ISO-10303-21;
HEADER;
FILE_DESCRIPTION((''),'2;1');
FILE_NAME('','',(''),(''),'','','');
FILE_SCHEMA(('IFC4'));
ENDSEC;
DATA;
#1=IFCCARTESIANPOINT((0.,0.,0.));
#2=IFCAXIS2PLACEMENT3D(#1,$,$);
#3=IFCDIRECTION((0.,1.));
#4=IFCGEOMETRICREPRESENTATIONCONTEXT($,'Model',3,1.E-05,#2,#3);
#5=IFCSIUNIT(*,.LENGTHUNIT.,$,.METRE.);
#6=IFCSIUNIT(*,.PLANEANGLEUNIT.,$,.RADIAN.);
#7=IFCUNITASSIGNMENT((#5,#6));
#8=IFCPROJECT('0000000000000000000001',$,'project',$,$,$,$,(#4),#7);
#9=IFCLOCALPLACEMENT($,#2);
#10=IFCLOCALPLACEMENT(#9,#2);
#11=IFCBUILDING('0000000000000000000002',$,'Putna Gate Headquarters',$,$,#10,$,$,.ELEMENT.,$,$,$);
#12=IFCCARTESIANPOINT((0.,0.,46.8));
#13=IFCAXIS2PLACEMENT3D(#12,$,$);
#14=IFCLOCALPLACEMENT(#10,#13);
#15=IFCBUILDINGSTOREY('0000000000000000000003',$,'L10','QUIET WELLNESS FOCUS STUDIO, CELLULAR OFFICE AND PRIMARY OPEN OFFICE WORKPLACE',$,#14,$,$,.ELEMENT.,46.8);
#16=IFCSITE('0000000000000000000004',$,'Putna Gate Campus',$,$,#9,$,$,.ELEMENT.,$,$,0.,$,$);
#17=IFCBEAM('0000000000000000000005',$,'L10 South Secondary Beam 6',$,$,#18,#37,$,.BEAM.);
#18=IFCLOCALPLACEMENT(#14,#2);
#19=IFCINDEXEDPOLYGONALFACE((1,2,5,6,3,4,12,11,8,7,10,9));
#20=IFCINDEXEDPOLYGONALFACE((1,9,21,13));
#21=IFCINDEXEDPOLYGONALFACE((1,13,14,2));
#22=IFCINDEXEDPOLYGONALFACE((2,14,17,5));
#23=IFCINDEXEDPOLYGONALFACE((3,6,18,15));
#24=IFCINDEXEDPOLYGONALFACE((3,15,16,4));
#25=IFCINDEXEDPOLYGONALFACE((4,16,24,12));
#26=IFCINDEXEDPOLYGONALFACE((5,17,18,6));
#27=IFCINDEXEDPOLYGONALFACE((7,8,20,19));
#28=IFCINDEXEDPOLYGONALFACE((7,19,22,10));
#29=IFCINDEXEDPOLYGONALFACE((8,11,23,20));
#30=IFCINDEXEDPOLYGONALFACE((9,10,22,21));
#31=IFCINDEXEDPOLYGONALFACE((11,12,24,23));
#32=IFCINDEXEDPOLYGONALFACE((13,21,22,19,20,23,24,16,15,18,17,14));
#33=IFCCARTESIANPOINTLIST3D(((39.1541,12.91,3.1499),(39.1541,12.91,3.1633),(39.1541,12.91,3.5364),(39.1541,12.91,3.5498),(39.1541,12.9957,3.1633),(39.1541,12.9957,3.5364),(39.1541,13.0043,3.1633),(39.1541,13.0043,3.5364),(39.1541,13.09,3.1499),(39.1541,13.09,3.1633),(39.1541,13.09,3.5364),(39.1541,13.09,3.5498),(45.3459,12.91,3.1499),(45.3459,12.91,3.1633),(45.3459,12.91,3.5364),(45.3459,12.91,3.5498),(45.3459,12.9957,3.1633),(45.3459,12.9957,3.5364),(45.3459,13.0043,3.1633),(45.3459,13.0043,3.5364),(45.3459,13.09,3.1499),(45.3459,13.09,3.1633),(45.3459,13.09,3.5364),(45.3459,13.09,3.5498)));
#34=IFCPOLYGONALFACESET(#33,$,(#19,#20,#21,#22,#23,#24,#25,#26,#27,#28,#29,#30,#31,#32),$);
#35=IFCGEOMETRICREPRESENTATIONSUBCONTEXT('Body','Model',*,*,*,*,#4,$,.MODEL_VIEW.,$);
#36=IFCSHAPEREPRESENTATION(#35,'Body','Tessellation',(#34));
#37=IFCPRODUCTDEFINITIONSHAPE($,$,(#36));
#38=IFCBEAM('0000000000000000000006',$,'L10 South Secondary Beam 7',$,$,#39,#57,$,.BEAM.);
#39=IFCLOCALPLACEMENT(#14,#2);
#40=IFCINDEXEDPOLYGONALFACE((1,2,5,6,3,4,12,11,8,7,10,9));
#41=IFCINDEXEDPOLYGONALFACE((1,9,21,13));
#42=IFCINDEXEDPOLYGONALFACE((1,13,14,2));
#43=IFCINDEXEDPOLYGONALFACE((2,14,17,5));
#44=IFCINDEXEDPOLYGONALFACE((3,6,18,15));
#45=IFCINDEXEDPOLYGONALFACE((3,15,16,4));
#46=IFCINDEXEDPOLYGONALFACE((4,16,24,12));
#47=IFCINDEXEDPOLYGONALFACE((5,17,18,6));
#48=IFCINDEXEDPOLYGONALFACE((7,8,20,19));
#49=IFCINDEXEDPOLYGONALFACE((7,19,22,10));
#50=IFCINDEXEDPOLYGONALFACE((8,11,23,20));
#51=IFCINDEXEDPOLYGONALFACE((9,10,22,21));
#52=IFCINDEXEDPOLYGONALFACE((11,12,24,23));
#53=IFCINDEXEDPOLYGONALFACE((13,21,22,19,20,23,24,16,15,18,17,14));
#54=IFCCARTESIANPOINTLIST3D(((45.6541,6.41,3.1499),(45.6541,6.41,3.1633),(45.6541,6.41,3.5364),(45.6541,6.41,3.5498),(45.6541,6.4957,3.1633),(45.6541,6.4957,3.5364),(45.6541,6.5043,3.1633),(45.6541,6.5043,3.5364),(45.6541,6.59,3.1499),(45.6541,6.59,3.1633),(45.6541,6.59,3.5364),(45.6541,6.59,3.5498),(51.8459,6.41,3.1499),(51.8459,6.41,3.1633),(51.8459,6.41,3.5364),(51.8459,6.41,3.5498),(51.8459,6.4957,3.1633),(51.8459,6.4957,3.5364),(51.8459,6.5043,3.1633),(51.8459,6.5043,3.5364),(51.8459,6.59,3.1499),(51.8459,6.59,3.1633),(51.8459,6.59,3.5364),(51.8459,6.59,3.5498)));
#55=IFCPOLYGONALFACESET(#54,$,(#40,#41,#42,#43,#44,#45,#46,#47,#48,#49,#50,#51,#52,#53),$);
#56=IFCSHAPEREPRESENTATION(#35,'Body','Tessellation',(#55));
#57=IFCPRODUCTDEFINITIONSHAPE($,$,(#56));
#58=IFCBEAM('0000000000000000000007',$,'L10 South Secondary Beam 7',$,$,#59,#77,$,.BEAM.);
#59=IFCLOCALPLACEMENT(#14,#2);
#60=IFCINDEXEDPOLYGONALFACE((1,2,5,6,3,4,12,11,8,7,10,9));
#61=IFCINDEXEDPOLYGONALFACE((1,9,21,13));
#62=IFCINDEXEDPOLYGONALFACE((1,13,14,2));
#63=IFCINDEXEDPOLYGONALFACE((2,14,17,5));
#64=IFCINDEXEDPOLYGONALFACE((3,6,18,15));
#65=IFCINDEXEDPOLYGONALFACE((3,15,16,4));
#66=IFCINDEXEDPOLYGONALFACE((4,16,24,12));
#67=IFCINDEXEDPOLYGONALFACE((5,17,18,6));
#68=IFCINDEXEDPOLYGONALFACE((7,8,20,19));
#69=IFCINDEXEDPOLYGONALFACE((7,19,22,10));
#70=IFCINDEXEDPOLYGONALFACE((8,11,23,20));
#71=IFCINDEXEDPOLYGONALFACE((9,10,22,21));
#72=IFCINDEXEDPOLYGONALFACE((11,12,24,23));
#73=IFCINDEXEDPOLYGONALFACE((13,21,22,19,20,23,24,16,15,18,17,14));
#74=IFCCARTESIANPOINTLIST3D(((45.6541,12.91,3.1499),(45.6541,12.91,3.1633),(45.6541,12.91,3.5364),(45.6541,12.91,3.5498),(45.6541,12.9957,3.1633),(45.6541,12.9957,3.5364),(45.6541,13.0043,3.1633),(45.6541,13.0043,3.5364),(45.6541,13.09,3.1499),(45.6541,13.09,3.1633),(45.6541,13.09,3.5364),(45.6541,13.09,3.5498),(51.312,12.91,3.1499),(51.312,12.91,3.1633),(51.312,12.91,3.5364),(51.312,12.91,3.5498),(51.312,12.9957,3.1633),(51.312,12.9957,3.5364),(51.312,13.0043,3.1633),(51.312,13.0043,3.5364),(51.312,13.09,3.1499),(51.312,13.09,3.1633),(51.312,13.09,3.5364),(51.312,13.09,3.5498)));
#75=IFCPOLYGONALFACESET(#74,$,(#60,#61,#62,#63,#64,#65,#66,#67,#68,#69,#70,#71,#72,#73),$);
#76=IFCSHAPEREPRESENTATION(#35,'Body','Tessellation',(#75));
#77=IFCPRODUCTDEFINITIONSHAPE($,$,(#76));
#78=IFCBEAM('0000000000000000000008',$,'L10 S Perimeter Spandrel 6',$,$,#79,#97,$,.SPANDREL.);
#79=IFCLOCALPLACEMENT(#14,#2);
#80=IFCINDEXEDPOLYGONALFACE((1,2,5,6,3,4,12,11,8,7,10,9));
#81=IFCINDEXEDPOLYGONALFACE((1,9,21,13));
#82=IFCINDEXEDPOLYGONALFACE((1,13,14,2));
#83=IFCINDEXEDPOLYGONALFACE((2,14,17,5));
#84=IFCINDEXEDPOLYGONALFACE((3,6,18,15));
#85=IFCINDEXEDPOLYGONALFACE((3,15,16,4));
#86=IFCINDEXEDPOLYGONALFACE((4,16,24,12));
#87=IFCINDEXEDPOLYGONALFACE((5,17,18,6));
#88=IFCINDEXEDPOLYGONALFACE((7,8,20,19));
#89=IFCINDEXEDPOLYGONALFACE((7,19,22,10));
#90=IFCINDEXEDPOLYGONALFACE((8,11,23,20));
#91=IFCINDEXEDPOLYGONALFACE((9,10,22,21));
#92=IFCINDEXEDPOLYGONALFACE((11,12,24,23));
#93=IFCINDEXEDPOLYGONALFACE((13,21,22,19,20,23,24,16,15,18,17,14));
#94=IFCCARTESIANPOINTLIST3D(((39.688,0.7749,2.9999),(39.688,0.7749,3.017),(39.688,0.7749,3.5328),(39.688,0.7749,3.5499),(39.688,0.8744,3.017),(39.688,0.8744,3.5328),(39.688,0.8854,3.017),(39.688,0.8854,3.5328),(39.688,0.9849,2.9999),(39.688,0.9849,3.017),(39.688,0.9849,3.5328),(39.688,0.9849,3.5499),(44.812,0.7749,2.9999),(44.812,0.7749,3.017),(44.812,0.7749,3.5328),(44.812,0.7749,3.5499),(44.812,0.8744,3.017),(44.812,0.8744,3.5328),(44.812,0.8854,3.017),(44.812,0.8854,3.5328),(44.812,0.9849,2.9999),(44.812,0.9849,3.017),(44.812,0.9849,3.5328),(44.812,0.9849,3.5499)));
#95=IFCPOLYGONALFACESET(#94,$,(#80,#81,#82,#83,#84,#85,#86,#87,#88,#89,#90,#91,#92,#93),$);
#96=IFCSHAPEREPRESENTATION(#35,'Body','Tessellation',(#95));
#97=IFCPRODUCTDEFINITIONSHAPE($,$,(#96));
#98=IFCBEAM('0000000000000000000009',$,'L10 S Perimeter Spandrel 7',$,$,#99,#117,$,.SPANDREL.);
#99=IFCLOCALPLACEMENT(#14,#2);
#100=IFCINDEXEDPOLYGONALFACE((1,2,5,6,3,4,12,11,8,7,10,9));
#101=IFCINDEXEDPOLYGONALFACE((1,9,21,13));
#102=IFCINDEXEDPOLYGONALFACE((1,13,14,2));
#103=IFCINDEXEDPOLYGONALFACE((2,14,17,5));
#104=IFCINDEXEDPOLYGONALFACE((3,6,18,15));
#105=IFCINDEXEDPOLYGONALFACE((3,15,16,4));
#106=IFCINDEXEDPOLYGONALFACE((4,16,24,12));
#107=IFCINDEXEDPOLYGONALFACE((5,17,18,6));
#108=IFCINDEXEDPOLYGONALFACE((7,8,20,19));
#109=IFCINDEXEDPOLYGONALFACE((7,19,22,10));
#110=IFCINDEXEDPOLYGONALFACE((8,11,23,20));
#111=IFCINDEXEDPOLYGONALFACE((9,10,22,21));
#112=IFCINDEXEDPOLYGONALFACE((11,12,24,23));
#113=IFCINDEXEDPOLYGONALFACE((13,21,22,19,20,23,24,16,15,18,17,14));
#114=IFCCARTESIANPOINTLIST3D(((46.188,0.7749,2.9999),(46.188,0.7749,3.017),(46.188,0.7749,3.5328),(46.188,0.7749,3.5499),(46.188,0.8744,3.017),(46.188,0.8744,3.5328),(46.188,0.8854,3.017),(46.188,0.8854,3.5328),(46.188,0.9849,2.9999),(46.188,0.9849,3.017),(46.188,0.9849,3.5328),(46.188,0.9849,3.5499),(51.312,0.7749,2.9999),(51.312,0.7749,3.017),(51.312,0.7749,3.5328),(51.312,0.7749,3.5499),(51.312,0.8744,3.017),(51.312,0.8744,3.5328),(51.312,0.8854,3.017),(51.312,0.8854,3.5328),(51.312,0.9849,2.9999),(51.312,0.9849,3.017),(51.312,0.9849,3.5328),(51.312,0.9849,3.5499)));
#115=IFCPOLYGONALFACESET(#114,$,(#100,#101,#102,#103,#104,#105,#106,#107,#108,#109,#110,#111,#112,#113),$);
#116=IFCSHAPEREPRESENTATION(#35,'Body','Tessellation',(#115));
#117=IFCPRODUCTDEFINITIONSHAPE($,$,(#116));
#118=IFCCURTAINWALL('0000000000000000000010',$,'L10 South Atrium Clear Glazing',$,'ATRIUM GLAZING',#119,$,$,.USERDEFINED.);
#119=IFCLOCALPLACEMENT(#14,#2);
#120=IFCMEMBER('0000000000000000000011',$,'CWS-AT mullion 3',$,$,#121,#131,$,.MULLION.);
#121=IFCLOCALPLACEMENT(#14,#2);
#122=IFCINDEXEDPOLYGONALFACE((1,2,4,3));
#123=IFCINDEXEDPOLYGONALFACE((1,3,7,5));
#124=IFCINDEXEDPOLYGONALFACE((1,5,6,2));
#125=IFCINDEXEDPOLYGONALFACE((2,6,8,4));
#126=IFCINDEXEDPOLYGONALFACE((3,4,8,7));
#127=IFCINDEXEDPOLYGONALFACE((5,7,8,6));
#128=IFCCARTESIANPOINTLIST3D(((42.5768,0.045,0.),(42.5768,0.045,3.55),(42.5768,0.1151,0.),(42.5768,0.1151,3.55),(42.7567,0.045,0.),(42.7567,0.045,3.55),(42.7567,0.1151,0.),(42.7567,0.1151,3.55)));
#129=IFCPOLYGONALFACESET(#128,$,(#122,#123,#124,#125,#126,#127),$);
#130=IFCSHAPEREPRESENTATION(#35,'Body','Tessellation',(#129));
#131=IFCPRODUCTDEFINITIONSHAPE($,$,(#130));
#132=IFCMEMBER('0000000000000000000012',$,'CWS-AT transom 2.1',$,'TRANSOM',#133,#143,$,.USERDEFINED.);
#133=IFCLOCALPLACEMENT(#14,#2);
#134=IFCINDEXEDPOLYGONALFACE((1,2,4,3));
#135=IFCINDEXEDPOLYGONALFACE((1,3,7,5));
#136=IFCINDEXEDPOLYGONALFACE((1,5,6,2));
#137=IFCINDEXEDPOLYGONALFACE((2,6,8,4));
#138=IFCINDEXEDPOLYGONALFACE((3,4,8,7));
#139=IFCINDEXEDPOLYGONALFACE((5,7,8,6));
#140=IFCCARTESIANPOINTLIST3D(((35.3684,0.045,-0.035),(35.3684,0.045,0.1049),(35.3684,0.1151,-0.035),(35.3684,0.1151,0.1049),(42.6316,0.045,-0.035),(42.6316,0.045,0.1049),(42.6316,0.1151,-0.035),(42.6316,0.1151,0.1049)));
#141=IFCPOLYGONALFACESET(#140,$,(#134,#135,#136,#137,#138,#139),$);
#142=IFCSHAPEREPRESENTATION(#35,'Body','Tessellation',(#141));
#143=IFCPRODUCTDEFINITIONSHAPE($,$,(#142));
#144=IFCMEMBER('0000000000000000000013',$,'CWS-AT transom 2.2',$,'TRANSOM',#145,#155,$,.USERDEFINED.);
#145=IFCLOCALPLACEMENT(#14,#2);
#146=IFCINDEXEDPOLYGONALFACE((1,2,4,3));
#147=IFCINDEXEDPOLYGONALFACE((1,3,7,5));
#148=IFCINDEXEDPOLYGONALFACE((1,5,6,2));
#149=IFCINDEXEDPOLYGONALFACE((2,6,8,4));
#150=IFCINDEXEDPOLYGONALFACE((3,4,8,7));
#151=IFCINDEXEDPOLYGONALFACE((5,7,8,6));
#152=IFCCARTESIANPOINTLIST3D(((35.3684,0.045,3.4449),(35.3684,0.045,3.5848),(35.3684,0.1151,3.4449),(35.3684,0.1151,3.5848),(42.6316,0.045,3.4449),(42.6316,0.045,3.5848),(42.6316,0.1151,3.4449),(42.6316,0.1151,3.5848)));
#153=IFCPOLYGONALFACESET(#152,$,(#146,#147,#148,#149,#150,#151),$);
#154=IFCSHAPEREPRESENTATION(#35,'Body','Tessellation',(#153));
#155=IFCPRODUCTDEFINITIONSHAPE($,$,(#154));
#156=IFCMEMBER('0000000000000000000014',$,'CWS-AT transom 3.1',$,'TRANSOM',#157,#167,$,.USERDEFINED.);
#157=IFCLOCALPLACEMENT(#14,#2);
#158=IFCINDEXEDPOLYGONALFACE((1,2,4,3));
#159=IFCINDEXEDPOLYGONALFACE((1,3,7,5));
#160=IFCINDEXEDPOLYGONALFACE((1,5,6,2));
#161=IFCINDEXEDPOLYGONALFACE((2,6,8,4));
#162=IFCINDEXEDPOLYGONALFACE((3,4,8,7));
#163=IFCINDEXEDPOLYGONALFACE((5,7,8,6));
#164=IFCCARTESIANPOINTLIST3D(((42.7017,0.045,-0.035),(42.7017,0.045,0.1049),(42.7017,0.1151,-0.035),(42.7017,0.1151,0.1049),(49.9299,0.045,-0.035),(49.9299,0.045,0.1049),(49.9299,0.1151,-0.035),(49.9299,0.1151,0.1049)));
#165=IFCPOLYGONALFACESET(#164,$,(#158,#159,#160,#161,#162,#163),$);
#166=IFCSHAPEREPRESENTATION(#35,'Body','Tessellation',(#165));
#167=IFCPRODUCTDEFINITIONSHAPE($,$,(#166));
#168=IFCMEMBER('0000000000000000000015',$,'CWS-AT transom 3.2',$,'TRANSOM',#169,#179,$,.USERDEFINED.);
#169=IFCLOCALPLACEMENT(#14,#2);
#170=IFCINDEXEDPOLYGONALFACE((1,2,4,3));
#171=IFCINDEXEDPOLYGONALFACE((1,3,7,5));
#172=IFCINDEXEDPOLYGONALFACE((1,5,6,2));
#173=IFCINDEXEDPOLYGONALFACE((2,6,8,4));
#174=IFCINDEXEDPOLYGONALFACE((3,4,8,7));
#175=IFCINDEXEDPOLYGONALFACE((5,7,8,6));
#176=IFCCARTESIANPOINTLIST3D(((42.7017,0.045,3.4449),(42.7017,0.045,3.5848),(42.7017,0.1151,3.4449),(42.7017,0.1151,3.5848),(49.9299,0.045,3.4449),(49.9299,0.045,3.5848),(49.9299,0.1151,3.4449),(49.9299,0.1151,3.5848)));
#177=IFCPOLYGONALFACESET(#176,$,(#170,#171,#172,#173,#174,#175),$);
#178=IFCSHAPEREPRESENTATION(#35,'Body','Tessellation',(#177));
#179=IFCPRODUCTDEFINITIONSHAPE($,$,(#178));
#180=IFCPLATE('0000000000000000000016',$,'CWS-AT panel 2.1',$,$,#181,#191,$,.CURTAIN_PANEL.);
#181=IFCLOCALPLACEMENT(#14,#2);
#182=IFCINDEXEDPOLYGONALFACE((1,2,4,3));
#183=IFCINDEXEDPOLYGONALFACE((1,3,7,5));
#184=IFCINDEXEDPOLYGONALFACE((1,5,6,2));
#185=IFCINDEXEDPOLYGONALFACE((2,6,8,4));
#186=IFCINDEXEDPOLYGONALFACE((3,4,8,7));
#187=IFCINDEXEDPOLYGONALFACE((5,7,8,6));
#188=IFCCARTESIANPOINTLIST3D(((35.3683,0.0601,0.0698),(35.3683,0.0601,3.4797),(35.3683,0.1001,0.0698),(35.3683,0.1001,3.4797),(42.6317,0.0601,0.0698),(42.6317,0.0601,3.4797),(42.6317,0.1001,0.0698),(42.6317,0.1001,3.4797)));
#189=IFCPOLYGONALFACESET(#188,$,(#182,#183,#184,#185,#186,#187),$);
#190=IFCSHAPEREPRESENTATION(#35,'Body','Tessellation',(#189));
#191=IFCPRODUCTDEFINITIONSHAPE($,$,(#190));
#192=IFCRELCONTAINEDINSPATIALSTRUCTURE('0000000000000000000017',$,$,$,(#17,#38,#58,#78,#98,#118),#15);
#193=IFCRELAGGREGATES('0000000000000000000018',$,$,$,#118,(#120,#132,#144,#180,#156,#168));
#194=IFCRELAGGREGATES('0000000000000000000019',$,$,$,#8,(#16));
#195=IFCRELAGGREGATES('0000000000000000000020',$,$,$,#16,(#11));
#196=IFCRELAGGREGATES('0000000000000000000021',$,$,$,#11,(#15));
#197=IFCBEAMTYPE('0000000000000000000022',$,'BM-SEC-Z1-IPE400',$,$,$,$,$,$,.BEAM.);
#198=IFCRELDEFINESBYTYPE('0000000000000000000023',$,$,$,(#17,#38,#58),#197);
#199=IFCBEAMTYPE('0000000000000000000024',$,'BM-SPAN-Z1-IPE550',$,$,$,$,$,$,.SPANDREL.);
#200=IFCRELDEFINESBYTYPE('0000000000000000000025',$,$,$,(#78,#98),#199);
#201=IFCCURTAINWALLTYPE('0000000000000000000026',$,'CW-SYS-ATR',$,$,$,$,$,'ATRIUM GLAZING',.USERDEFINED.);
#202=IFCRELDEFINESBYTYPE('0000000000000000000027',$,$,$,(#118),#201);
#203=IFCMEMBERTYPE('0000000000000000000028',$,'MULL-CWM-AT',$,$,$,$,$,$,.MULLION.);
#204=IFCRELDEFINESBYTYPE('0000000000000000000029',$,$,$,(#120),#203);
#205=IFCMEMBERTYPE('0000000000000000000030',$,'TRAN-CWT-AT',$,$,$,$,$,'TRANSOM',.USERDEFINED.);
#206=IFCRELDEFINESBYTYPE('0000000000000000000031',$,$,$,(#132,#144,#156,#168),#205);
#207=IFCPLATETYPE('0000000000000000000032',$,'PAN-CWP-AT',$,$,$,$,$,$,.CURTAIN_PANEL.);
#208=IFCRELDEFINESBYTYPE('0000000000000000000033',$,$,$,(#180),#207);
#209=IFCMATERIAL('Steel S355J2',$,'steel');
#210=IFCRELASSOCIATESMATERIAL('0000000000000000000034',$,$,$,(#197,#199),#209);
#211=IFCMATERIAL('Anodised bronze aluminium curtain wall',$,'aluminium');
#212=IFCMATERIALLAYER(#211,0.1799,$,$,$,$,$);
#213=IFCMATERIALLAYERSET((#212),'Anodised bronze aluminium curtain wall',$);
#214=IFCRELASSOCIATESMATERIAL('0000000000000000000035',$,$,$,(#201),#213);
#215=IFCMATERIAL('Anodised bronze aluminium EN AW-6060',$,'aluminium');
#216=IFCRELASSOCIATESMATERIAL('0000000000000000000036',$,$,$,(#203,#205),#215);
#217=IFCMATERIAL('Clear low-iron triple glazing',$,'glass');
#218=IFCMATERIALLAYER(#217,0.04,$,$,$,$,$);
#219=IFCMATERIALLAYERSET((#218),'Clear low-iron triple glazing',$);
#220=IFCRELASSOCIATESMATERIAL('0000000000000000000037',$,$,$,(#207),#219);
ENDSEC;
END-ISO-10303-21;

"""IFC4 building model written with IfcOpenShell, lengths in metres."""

from ifc_helpers import new_model, si_unit, direction, frame, origin, origin_2d, place, context, subcontext, project, spatial, rectangle, i_section, extrude, material, layer, layer_set, material_profile, profile_set, type_object, element, aggregate, save


model = new_model("IFC4")

# Units and contexts
model_context = context("Model", 3, precision=1e-05, world=origin(), true_north=direction((0.0, 1.0)))
body_context = subcontext(model_context, "Body", "Model", "MODEL_VIEW")
ifc_project = project(units=[si_unit("LENGTHUNIT", "METRE"), si_unit("PLANEANGLEUNIT", "RADIAN")], contexts=[model_context])

# Site, building, storey
site_placement = place(None, origin())
site = spatial("IfcSite", under=ifc_project, at=site_placement, Name="Putna Gate Campus", CompositionType="ELEMENT", RefElevation=0.0)
building_placement = place(site_placement, origin())
building = spatial("IfcBuilding", under=site, at=building_placement, Name="Putna Gate Headquarters", CompositionType="ELEMENT")
storey_placement = place(building_placement, frame((0.0, 0.0, 46.8)))
storey = spatial("IfcBuildingStorey", under=building, at=storey_placement, Name="L10", Description="QUIET WELLNESS FOCUS STUDIO, CELLULAR OFFICE AND PRIMARY OPEN OFFICE WORKPLACE", CompositionType="ELEMENT", Elevation=46.8)

# Beams
ifc_material_1 = material(Name="Steel S355J2", Category="steel")
ifc_material_profile_1 = material_profile(ifc_material_1, i_section(OverallWidth=0.1799, OverallDepth=0.3999, WebThickness=0.0085, FlangeThickness=0.0134, at=origin_2d()), Name="Steel S355J2")
ifc_profile_set_1 = profile_set([ifc_material_profile_1], Name="Steel S355J2")
beam_type_1 = type_object("IfcBeamType", Name="BM-SEC-Z1-IPE400", PredefinedType="BEAM", material=ifc_profile_set_1)
for number, where, z_axis, x_axis, name in (
    (1, (39.1541, 13.0, 3.3499), (1.0, 0.0, 0.0), (0.0, 1.0, 0.0), "L10 South Secondary Beam 6"),
    (2, (45.6541, 6.5, 3.3499), (1.0, 0.0, 0.0), (0.0, 1.0, 0.0), "L10 South Secondary Beam 7"),
):
    element("IfcBeam", number, at=place(storey_placement, frame(where, z_axis=z_axis, x_axis=x_axis)), inside=storey, type_object=beam_type_1, Name=name, PredefinedType="BEAM", context=body_context, shape_type="SweptSolid", body=[
        extrude(i_section(OverallWidth=0.1799, OverallDepth=0.3999, WebThickness=0.0085, FlangeThickness=0.0134, at=origin_2d()), origin(), (0.0, 0.0, 1.0), 6.1919),
    ])
beam_1_placement = place(storey_placement, frame((45.6541, 13.0, 3.3499), z_axis=(1.0, 0.0, 0.0), x_axis=(0.0, 1.0, 0.0)))
element("IfcBeam", 3, at=beam_1_placement, inside=storey, type_object=beam_type_1, Name="L10 South Secondary Beam 7", PredefinedType="BEAM", context=body_context, shape_type="SweptSolid", body=[
    extrude(i_section(OverallWidth=0.1799, OverallDepth=0.3999, WebThickness=0.0085, FlangeThickness=0.0134, at=origin_2d()), origin(), (0.0, 0.0, 1.0), 5.658),
])
ifc_material_profile_2 = material_profile(ifc_material_1, i_section(OverallWidth=0.21, OverallDepth=0.55, WebThickness=0.011, FlangeThickness=0.0171, at=origin_2d()), Name="Steel S355J2")
ifc_profile_set_2 = profile_set([ifc_material_profile_2], Name="Steel S355J2")
beam_type_2 = type_object("IfcBeamType", Name="BM-SPAN-Z1-IPE550", PredefinedType="SPANDREL", material=ifc_profile_set_2)
for number, where, z_axis, x_axis, name in (
    (4, (39.688, 0.8799, 3.2749), (1.0, 0.0, 0.0), (0.0, 1.0, 0.0), "L10 S Perimeter Spandrel 6"),
    (5, (46.188, 0.8799, 3.2749), (1.0, 0.0, 0.0), (0.0, 1.0, 0.0), "L10 S Perimeter Spandrel 7"),
):
    element("IfcBeam", number, at=place(storey_placement, frame(where, z_axis=z_axis, x_axis=x_axis)), inside=storey, type_object=beam_type_2, Name=name, PredefinedType="SPANDREL", context=body_context, shape_type="SweptSolid", body=[
        extrude(i_section(OverallWidth=0.21, OverallDepth=0.55, WebThickness=0.011, FlangeThickness=0.0171, at=origin_2d()), origin(), (0.0, 0.0, 1.0), 5.124),
    ])

# Curtain wall, members, plate
ifc_material_2 = material(Name="Anodised bronze aluminium curtain wall", Category="aluminium")
ifc_layer_1 = layer(ifc_material_2, 0.1799)
ifc_layer_set_1 = layer_set([ifc_layer_1], Name="Anodised bronze aluminium curtain wall")
curtain_wall_type = type_object("IfcCurtainWallType", Name="CW-SYS-ATR", ElementType="ATRIUM GLAZING", PredefinedType="USERDEFINED", material=ifc_layer_set_1)
curtain_wall_placement = place(storey_placement, origin())
curtain_wall = element("IfcCurtainWall", 6, at=curtain_wall_placement, inside=storey, type_object=curtain_wall_type, Name="L10 South Atrium Clear Glazing", ObjectType="ATRIUM GLAZING", PredefinedType="USERDEFINED")
ifc_material_3 = material(Name="Anodised bronze aluminium EN AW-6060", Category="aluminium")
ifc_material_profile_3 = material_profile(ifc_material_3, rectangle(XDim=0.0701, YDim=0.1799, at=origin_2d()), Name="Anodised bronze aluminium EN AW-6060")
ifc_profile_set_3 = profile_set([ifc_material_profile_3], Name="Anodised bronze aluminium EN AW-6060")
member_type_1 = type_object("IfcMemberType", Name="MULL-CWM-AT", PredefinedType="MULLION", material=ifc_profile_set_3)
member_1_placement = place(storey_placement, frame((42.6667, 0.0801, 0.0), z_axis=(0.0, 0.0, 1.0), x_axis=(0.0, 1.0, 0.0)))
member_1 = element("IfcMember", 7, at=member_1_placement, type_object=member_type_1, Name="CWS-AT mullion 3", PredefinedType="MULLION", context=body_context, shape_type="SweptSolid", body=[
    extrude(rectangle(XDim=0.0701, YDim=0.1799, at=origin_2d()), origin(), (0.0, 0.0, 1.0), 3.55),
])
ifc_material_profile_4 = material_profile(ifc_material_3, rectangle(XDim=0.0701, YDim=0.1399, at=origin_2d()), Name="Anodised bronze aluminium EN AW-6060")
ifc_profile_set_4 = profile_set([ifc_material_profile_4], Name="Anodised bronze aluminium EN AW-6060")
member_type_2 = type_object("IfcMemberType", Name="TRAN-CWT-AT", ElementType="TRANSOM", PredefinedType="USERDEFINED", material=ifc_profile_set_4)
member_2_placement = place(storey_placement, frame((35.3684, 0.0801, 0.0349), z_axis=(1.0, 0.0, 0.0), x_axis=(0.0, 1.0, 0.0)))
member_2 = element("IfcMember", 8, at=member_2_placement, type_object=member_type_2, Name="CWS-AT transom 2.1", ObjectType="TRANSOM", PredefinedType="USERDEFINED", context=body_context, shape_type="SweptSolid", body=[
    extrude(rectangle(XDim=0.0701, YDim=0.1399, at=origin_2d()), origin(), (0.0, 0.0, 1.0), 7.2632),
])
member_3_placement = place(storey_placement, frame((35.3684, 0.0801, 3.5149), z_axis=(1.0, 0.0, 0.0), x_axis=(0.0, 1.0, 0.0)))
member_3 = element("IfcMember", 9, at=member_3_placement, type_object=member_type_2, Name="CWS-AT transom 2.2", ObjectType="TRANSOM", PredefinedType="USERDEFINED", context=body_context, shape_type="SweptSolid", body=[
    extrude(rectangle(XDim=0.0701, YDim=0.1399, at=origin_2d()), origin(), (0.0, 0.0, 1.0), 7.2632),
])
member_4_placement = place(storey_placement, frame((42.7017, 0.0801, 0.0349), z_axis=(1.0, 0.0, 0.0), x_axis=(0.0, 1.0, 0.0)))
member_4 = element("IfcMember", 10, at=member_4_placement, type_object=member_type_2, Name="CWS-AT transom 3.1", ObjectType="TRANSOM", PredefinedType="USERDEFINED", context=body_context, shape_type="SweptSolid", body=[
    extrude(rectangle(XDim=0.0701, YDim=0.1399, at=origin_2d()), origin(), (0.0, 0.0, 1.0), 7.2283),
])
member_5_placement = place(storey_placement, frame((42.7017, 0.0801, 3.5149), z_axis=(1.0, 0.0, 0.0), x_axis=(0.0, 1.0, 0.0)))
member_5 = element("IfcMember", 11, at=member_5_placement, type_object=member_type_2, Name="CWS-AT transom 3.2", ObjectType="TRANSOM", PredefinedType="USERDEFINED", context=body_context, shape_type="SweptSolid", body=[
    extrude(rectangle(XDim=0.0701, YDim=0.1399, at=origin_2d()), origin(), (0.0, 0.0, 1.0), 7.2283),
])
ifc_material_4 = material(Name="Clear low-iron triple glazing", Category="glass")
ifc_layer_2 = layer(ifc_material_4, 0.04)
ifc_layer_set_2 = layer_set([ifc_layer_2], Name="Clear low-iron triple glazing")
plate_type = type_object("IfcPlateType", Name="PAN-CWP-AT", PredefinedType="CURTAIN_PANEL", material=ifc_layer_set_2)
plate_1_placement = place(storey_placement, frame((39.0, 0.0801, 0.0698), z_axis=(0.0, 0.0, 1.0), x_axis=(1.0, 0.0, 0.0)))
plate_1 = element("IfcPlate", 12, at=plate_1_placement, type_object=plate_type, Name="CWS-AT panel 2.1", PredefinedType="CURTAIN_PANEL", context=body_context, shape_type="SweptSolid", body=[
    extrude(rectangle(XDim=7.2634, YDim=0.04, at=origin_2d()), origin(), (0.0, 0.0, 1.0), 3.4099),
])
aggregate(curtain_wall, [member_1, member_2, member_3, plate_1, member_4, member_5])

save(model, "model.ifc")
